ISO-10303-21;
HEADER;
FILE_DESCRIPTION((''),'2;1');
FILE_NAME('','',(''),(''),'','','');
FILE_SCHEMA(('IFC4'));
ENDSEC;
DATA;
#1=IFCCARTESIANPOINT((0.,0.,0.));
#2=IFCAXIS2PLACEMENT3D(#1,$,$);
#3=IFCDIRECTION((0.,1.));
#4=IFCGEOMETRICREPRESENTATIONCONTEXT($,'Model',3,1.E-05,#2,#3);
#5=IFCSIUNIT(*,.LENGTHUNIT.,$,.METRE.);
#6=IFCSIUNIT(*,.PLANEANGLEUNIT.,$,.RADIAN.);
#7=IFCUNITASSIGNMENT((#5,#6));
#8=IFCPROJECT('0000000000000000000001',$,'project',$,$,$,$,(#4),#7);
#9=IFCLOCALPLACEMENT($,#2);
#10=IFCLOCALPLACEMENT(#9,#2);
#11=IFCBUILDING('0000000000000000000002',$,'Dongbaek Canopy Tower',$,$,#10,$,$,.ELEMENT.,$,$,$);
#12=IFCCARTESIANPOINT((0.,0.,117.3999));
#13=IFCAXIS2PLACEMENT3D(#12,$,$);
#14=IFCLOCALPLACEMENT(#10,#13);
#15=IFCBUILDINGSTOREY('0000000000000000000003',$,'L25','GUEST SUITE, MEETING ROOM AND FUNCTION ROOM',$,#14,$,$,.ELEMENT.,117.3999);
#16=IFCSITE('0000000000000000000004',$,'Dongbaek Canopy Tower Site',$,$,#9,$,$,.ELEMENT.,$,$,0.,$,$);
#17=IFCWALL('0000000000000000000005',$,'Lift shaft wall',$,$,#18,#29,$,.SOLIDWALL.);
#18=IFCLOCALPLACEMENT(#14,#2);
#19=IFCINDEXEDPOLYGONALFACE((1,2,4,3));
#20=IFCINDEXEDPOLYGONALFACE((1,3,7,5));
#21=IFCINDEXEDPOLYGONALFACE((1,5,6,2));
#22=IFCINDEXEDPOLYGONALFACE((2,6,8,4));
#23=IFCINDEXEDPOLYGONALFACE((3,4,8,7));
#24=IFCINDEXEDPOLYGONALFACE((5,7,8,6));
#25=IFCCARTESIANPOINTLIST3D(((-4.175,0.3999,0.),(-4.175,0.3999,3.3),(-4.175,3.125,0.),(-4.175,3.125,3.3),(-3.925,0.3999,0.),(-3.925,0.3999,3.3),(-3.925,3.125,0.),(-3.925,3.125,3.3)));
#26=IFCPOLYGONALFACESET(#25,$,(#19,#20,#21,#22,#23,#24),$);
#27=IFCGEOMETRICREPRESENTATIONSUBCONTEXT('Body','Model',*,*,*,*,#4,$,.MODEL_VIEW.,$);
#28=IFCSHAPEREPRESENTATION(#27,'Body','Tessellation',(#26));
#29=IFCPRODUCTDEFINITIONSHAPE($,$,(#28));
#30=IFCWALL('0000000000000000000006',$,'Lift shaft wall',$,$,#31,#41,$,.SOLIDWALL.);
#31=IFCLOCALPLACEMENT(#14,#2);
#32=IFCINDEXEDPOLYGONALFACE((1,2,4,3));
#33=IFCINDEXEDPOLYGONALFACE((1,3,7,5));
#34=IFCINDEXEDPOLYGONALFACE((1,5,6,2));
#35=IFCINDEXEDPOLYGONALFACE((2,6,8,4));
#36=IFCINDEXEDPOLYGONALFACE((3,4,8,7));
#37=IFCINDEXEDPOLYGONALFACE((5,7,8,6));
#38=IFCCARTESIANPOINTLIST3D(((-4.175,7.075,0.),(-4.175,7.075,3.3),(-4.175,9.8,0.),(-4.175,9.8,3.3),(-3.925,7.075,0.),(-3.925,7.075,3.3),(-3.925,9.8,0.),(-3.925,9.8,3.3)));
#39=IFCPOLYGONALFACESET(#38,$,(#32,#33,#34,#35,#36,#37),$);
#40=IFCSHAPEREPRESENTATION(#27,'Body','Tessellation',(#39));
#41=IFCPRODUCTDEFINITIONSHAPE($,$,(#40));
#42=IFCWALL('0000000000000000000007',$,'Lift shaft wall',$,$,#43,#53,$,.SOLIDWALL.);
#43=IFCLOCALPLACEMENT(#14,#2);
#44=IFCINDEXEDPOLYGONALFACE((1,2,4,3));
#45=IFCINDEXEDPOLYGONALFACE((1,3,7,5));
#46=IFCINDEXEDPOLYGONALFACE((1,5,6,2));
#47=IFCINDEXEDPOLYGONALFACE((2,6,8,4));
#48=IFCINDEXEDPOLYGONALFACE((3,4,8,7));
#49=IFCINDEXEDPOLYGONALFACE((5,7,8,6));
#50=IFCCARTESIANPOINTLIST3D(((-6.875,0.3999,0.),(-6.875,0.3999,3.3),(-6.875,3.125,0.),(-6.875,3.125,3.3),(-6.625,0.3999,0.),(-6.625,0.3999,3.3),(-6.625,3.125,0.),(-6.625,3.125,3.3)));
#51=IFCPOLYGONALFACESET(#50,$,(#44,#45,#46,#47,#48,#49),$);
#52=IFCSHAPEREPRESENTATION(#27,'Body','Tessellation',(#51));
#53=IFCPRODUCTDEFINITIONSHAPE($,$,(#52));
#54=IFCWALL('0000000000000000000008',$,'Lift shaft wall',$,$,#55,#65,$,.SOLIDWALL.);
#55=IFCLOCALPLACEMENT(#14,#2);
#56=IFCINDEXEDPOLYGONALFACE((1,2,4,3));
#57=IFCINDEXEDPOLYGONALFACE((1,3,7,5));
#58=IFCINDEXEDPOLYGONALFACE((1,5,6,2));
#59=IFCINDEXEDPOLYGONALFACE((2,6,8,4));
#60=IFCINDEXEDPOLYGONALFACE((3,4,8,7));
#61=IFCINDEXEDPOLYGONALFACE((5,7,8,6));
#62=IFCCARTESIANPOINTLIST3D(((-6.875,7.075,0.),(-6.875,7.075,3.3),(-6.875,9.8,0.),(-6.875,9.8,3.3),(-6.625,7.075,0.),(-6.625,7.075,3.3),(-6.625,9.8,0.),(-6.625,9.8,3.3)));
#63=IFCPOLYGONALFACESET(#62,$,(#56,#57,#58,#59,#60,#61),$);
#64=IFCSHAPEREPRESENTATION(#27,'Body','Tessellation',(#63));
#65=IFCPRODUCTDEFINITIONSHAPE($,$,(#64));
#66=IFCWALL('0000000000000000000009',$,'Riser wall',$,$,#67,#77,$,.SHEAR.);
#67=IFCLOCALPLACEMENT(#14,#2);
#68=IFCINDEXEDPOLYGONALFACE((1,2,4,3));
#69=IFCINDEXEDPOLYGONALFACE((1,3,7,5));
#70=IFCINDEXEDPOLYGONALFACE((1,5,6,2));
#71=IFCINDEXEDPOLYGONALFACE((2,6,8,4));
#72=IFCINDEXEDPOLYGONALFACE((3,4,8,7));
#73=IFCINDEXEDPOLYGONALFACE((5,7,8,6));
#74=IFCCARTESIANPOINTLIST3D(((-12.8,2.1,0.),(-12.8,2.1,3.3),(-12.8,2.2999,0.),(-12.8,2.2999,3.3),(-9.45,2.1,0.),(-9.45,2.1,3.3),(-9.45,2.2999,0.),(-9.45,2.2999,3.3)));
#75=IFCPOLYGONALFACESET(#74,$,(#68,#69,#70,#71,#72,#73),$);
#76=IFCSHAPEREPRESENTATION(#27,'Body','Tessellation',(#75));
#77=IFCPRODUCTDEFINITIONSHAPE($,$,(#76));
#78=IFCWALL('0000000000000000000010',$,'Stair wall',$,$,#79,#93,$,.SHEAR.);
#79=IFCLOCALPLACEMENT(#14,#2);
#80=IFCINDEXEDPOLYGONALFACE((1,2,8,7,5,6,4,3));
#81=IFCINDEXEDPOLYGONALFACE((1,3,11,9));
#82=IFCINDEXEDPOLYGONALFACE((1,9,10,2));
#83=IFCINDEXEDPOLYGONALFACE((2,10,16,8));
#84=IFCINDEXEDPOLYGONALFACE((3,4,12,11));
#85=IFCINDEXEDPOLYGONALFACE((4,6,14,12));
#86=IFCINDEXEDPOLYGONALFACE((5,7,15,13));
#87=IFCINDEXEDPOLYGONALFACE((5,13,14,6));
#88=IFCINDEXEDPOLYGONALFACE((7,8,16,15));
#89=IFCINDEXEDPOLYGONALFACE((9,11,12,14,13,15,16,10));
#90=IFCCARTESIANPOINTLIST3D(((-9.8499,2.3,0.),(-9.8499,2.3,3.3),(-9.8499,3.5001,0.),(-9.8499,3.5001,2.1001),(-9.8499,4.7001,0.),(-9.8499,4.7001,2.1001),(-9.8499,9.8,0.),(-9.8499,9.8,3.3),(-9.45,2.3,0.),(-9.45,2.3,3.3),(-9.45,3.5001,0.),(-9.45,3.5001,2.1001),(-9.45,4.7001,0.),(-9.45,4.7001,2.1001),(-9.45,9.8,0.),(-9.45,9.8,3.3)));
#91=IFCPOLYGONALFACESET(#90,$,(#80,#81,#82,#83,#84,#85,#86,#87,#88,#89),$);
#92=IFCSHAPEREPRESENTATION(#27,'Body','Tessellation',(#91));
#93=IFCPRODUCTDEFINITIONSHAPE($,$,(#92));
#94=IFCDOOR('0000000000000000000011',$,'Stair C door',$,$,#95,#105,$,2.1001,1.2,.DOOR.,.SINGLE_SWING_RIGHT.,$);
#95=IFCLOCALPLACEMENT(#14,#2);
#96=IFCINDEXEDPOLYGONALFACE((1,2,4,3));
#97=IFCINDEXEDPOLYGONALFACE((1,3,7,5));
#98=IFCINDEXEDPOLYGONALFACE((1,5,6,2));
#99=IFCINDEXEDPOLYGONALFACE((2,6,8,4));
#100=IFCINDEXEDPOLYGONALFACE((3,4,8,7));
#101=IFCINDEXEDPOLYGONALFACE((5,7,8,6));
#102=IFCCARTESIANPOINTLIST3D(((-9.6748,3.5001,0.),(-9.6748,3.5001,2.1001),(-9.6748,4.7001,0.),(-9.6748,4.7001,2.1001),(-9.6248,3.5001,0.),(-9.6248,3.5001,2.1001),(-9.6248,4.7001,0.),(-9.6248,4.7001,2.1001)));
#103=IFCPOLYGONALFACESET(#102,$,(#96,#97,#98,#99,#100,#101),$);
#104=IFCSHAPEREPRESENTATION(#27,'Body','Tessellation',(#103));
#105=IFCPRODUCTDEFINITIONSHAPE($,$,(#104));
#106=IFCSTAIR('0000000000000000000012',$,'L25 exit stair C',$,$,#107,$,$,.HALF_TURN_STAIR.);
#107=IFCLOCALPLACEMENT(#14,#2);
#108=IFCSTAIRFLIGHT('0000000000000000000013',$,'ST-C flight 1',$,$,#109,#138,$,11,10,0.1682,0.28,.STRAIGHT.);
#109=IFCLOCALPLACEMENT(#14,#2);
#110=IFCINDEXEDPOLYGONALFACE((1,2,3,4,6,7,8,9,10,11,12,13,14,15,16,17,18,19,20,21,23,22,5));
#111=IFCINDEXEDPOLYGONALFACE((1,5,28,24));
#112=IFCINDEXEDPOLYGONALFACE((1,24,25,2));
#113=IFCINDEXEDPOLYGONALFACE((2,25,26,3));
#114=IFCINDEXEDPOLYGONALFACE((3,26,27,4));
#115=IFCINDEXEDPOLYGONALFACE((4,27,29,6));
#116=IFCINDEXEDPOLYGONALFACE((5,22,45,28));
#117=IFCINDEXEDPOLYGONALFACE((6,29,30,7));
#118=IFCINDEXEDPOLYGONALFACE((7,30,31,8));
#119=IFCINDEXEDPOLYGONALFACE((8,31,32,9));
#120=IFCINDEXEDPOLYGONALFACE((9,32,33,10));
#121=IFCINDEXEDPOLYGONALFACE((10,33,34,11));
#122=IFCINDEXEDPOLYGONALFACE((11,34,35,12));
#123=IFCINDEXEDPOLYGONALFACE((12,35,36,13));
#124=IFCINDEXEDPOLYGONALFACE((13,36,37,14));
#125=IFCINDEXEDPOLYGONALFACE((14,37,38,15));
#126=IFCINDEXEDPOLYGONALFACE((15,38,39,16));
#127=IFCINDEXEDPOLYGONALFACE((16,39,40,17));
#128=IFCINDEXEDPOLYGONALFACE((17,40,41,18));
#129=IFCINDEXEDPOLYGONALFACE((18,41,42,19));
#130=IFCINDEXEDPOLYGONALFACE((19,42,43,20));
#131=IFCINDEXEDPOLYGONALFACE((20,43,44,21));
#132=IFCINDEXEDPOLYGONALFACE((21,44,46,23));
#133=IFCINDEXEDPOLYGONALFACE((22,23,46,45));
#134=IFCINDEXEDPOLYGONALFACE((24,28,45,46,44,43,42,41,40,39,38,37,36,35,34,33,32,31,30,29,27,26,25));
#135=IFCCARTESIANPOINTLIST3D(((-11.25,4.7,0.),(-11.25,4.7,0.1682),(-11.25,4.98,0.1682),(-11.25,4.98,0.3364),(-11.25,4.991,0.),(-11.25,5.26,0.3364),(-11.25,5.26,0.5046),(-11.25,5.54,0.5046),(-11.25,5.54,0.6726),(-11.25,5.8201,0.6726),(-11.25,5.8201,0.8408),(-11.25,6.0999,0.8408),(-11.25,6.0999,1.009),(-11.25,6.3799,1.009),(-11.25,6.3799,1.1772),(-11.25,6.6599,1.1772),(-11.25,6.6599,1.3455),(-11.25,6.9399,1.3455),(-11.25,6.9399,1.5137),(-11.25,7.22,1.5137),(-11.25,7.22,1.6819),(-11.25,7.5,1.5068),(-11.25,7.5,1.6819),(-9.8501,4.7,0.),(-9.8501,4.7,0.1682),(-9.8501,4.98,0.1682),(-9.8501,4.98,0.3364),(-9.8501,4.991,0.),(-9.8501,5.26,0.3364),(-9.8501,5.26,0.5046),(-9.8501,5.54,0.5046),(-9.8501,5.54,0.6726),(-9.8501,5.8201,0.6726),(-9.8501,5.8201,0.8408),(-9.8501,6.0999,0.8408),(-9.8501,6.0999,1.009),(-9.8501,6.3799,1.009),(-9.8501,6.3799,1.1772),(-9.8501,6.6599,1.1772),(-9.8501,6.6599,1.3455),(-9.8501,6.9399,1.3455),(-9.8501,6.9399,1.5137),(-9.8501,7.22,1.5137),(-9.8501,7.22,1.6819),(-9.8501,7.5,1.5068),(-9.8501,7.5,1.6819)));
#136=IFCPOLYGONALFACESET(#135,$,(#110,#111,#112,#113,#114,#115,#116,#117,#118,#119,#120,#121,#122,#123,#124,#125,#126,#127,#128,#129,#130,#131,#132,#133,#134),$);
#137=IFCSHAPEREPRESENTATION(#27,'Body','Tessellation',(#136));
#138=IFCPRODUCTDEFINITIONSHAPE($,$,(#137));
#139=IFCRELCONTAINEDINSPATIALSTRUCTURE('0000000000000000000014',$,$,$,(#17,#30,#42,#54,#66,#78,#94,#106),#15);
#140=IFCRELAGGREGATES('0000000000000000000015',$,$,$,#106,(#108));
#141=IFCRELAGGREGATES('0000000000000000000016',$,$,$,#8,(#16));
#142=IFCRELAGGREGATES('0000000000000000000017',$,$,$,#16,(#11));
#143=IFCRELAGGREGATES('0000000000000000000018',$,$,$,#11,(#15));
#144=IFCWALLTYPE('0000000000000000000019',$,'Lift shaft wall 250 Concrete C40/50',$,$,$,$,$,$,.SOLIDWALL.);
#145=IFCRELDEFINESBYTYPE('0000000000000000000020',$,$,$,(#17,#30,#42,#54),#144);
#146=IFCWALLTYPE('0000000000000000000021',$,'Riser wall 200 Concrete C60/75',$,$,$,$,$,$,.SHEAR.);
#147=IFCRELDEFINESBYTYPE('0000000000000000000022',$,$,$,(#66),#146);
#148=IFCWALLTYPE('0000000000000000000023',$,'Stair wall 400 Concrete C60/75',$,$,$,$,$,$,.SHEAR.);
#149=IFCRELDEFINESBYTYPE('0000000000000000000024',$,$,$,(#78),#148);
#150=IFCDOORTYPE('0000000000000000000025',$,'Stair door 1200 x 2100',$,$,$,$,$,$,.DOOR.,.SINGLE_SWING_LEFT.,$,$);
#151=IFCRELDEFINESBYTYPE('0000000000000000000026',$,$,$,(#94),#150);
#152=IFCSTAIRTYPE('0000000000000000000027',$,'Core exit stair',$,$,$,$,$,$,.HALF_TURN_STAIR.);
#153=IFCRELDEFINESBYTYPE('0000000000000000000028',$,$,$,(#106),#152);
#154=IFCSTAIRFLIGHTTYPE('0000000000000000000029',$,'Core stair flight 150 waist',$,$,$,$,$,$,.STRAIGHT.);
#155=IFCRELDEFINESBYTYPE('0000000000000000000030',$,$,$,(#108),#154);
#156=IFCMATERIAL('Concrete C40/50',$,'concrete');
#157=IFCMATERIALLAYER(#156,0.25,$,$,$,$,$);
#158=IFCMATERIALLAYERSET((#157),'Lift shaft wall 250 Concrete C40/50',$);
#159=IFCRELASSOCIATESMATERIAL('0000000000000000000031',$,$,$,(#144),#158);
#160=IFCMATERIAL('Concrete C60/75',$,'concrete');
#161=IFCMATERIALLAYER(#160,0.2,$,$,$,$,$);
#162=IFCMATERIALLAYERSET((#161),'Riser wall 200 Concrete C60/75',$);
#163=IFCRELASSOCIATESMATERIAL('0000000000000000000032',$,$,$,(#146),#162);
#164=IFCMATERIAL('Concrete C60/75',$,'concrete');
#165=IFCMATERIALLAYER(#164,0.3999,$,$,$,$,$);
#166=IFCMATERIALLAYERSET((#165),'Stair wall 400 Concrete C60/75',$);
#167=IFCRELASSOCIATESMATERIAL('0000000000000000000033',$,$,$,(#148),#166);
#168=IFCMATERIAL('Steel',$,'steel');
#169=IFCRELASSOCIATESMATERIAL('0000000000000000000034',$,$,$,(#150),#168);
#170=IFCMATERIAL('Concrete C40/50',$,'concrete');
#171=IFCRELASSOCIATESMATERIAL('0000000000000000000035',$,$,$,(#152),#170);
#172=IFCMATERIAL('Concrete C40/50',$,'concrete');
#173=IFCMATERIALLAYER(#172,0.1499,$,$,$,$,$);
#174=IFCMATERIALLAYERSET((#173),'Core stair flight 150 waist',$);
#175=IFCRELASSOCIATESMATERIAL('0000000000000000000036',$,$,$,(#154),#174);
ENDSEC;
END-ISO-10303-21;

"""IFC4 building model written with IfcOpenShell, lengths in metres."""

from ifc_helpers import new_model, si_unit, direction, frame, frame_2d, origin, place, context, subcontext, project, spatial, polyline, rectangle, outline, extrude, material, layer, layer_set, type_object, element, fill, aggregate, save


model = new_model("IFC4")

# Units and contexts
model_context = context("Model", 3, precision=1e-05, world=origin(), true_north=direction((0.0, 1.0)))
body_context = subcontext(model_context, "Body", "Model", "MODEL_VIEW")
ifc_project = project(units=[si_unit("LENGTHUNIT", "METRE"), si_unit("PLANEANGLEUNIT", "RADIAN")], contexts=[model_context])

# Site, building, storey
site_placement = place(None, origin())
site = spatial("IfcSite", under=ifc_project, at=site_placement, Name="Dongbaek Canopy Tower Site", CompositionType="ELEMENT", RefElevation=0.0)
building_placement = place(site_placement, origin())
building = spatial("IfcBuilding", under=site, at=building_placement, Name="Dongbaek Canopy Tower", CompositionType="ELEMENT")
storey_placement = place(building_placement, frame((0.0, 0.0, 117.3999)))
storey = spatial("IfcBuildingStorey", under=building, at=storey_placement, Name="L25", Description="GUEST SUITE, MEETING ROOM AND FUNCTION ROOM", CompositionType="ELEMENT", Elevation=117.3999)

# Walls
ifc_material_1 = material(Name="Concrete C40/50", Category="concrete")
ifc_layer_1 = layer(ifc_material_1, 0.25)
ifc_layer_set_1 = layer_set([ifc_layer_1], Name="Lift shaft wall 250 Concrete C40/50")
wall_type_1 = type_object("IfcWallType", Name="Lift shaft wall 250 Concrete C40/50", PredefinedType="SOLIDWALL", material=ifc_layer_set_1)
for number, where, z_axis, x_axis, name in (
    (1, (-4.05, 0.3999, 0.0), (0.0, 0.0, 1.0), (0.0, 1.0, 0.0), "Lift shaft wall"),
    (2, (-4.05, 7.075, 0.0), (0.0, 0.0, 1.0), (0.0, 1.0, 0.0), "Lift shaft wall"),
    (3, (-6.75, 0.3999, 0.0), (0.0, 0.0, 1.0), (0.0, 1.0, 0.0), "Lift shaft wall"),
    (4, (-6.75, 7.075, 0.0), (0.0, 0.0, 1.0), (0.0, 1.0, 0.0), "Lift shaft wall"),
):
    element("IfcWall", number, at=place(storey_placement, frame(where, z_axis=z_axis, x_axis=x_axis)), inside=storey, type_object=wall_type_1, Name=name, PredefinedType="SOLIDWALL", context=body_context, shape_type="SweptSolid", body=[
        extrude(rectangle(XDim=2.7251, YDim=0.25, at=frame_2d((1.3625, 0.0))), origin(), (0.0, 0.0, 1.0), 3.3),
    ])
ifc_material_2 = material(Name="Concrete C60/75", Category="concrete")
ifc_layer_2 = layer(ifc_material_2, 0.2)
ifc_layer_set_2 = layer_set([ifc_layer_2], Name="Riser wall 200 Concrete C60/75")
wall_type_2 = type_object("IfcWallType", Name="Riser wall 200 Concrete C60/75", PredefinedType="SHEAR", material=ifc_layer_set_2)
wall_1_placement = place(storey_placement, frame((-9.45, 2.2, 0.0), z_axis=(0.0, 0.0, 1.0), x_axis=(-1.0, 0.0, 0.0)))
element("IfcWall", 5, at=wall_1_placement, inside=storey, type_object=wall_type_2, Name="Riser wall", PredefinedType="SHEAR", context=body_context, shape_type="SweptSolid", body=[
    extrude(rectangle(XDim=3.3501, YDim=0.2, at=frame_2d((1.675, 0.0))), origin(), (0.0, 0.0, 1.0), 3.3),
])

# Wall, opening, door
ifc_material_3 = material(Name="Concrete C60/75", Category="concrete")
ifc_layer_3 = layer(ifc_material_3, 0.3999)
ifc_layer_set_3 = layer_set([ifc_layer_3], Name="Stair wall 400 Concrete C60/75")
wall_type_3 = type_object("IfcWallType", Name="Stair wall 400 Concrete C60/75", PredefinedType="SHEAR", material=ifc_layer_set_3)
wall_2_placement = place(storey_placement, frame((-9.6499, 2.3, 0.0), z_axis=(0.0, 0.0, 1.0), x_axis=(0.0, 1.0, 0.0)))
wall_2 = element("IfcWall", 6, at=wall_2_placement, inside=storey, type_object=wall_type_3, Name="Stair wall", PredefinedType="SHEAR", context=body_context, shape_type="SweptSolid", body=[
    extrude(rectangle(XDim=7.5, YDim=0.3999, at=frame_2d((3.75, 0.0))), origin(), (0.0, 0.0, 1.0), 3.3),
])
opening_1_placement = place(wall_2_placement, frame((1.2, 0.0, 0.0)))
opening_1 = element("IfcOpeningElement", 7, at=opening_1_placement, cuts=wall_2, PredefinedType="OPENING", context=body_context, shape_type="SweptSolid", body=[
    extrude(rectangle(XDim=1.2, YDim=2.1001, at=frame_2d((0.6001, 1.05))), frame((0.0, 0.21, 0.0), z_axis=(0.0, -1.0, 0.0), x_axis=(1.0, 0.0, 0.0)), (0.0, 0.0, 1.0), 0.4199),
])
ifc_material_4 = material(Name="Steel", Category="steel")
door_type_1 = type_object("IfcDoorType", Name="Stair door 1200 x 2100", OperationType="SINGLE_SWING_LEFT", PredefinedType="DOOR", material=ifc_material_4)
door_1_placement = place(opening_1_placement, origin())
door_1 = element("IfcDoor", 8, at=door_1_placement, inside=storey, type_object=door_type_1, Name="Stair C door", OperationType="SINGLE_SWING_RIGHT", OverallHeight=2.1001, OverallWidth=1.2, PredefinedType="DOOR", context=body_context, shape_type="SweptSolid", body=[
    extrude(rectangle(XDim=1.2, YDim=2.1001, at=frame_2d((0.6001, 1.05))), frame((0.0, 0.0249, 0.0), z_axis=(0.0, -1.0, 0.0), x_axis=(1.0, 0.0, 0.0)), (0.0, 0.0, 1.0), 0.05),
])
fill(opening_1, door_1)

# Stair, stair flight
ifc_material_5 = material(Name="Concrete C40/50", Category="concrete")
stair_type = type_object("IfcStairType", Name="Core exit stair", PredefinedType="HALF_TURN_STAIR", material=ifc_material_5)
stair_placement = place(storey_placement, origin())
stair = element("IfcStair", 9, at=stair_placement, inside=storey, type_object=stair_type, Name="L25 exit stair C", PredefinedType="HALF_TURN_STAIR")
ifc_material_6 = material(Name="Concrete C40/50", Category="concrete")
ifc_layer_4 = layer(ifc_material_6, 0.1499)
ifc_layer_set_4 = layer_set([ifc_layer_4], Name="Core stair flight 150 waist")
stair_flight_type = type_object("IfcStairFlightType", Name="Core stair flight 150 waist", PredefinedType="STRAIGHT", material=ifc_layer_set_4)
stair_flight_placement = place(storey_placement, frame((-10.55, 4.7, 0.0), z_axis=(0.0, 0.0, 1.0), x_axis=(0.0, 1.0, 0.0)))
stair_flight = element("IfcStairFlight", 10, at=stair_flight_placement, type_object=stair_flight_type, Name="ST-C flight 1", NumberOfRisers=11, NumberOfTreads=10, PredefinedType="STRAIGHT", RiserHeight=0.1682, TreadLength=0.28, context=body_context, shape_type="SweptSolid", body=[
    extrude(outline(polyline([(0.0, 0.0), (0.0, 0.1682), (0.28, 0.1682), (0.28, 0.3364), (0.5601, 0.3364), (0.5601, 0.5046), (0.8401, 0.5046), (0.8401, 0.6726), (1.1201, 0.6726), (1.1201, 0.8408), (1.3999, 0.8408), (1.3999, 1.009), (1.6799, 1.009), (1.6799, 1.1772), (1.96, 1.1772), (1.96, 1.3455), (2.24, 1.3455), (2.24, 1.5137), (2.52, 1.5137), (2.52, 1.6819), (2.8, 1.6819), (2.8, 1.8501), (2.8, 1.5068), (0.291, 0.0), (0.0, 0.0)])), frame((0.0, 0.7, 0.0), z_axis=(0.0, -1.0, 0.0), x_axis=(1.0, 0.0, 0.0)), (0.0, 0.0, 1.0), 1.3999),
])
aggregate(stair, [stair_flight])

save(model, "model.ifc")
